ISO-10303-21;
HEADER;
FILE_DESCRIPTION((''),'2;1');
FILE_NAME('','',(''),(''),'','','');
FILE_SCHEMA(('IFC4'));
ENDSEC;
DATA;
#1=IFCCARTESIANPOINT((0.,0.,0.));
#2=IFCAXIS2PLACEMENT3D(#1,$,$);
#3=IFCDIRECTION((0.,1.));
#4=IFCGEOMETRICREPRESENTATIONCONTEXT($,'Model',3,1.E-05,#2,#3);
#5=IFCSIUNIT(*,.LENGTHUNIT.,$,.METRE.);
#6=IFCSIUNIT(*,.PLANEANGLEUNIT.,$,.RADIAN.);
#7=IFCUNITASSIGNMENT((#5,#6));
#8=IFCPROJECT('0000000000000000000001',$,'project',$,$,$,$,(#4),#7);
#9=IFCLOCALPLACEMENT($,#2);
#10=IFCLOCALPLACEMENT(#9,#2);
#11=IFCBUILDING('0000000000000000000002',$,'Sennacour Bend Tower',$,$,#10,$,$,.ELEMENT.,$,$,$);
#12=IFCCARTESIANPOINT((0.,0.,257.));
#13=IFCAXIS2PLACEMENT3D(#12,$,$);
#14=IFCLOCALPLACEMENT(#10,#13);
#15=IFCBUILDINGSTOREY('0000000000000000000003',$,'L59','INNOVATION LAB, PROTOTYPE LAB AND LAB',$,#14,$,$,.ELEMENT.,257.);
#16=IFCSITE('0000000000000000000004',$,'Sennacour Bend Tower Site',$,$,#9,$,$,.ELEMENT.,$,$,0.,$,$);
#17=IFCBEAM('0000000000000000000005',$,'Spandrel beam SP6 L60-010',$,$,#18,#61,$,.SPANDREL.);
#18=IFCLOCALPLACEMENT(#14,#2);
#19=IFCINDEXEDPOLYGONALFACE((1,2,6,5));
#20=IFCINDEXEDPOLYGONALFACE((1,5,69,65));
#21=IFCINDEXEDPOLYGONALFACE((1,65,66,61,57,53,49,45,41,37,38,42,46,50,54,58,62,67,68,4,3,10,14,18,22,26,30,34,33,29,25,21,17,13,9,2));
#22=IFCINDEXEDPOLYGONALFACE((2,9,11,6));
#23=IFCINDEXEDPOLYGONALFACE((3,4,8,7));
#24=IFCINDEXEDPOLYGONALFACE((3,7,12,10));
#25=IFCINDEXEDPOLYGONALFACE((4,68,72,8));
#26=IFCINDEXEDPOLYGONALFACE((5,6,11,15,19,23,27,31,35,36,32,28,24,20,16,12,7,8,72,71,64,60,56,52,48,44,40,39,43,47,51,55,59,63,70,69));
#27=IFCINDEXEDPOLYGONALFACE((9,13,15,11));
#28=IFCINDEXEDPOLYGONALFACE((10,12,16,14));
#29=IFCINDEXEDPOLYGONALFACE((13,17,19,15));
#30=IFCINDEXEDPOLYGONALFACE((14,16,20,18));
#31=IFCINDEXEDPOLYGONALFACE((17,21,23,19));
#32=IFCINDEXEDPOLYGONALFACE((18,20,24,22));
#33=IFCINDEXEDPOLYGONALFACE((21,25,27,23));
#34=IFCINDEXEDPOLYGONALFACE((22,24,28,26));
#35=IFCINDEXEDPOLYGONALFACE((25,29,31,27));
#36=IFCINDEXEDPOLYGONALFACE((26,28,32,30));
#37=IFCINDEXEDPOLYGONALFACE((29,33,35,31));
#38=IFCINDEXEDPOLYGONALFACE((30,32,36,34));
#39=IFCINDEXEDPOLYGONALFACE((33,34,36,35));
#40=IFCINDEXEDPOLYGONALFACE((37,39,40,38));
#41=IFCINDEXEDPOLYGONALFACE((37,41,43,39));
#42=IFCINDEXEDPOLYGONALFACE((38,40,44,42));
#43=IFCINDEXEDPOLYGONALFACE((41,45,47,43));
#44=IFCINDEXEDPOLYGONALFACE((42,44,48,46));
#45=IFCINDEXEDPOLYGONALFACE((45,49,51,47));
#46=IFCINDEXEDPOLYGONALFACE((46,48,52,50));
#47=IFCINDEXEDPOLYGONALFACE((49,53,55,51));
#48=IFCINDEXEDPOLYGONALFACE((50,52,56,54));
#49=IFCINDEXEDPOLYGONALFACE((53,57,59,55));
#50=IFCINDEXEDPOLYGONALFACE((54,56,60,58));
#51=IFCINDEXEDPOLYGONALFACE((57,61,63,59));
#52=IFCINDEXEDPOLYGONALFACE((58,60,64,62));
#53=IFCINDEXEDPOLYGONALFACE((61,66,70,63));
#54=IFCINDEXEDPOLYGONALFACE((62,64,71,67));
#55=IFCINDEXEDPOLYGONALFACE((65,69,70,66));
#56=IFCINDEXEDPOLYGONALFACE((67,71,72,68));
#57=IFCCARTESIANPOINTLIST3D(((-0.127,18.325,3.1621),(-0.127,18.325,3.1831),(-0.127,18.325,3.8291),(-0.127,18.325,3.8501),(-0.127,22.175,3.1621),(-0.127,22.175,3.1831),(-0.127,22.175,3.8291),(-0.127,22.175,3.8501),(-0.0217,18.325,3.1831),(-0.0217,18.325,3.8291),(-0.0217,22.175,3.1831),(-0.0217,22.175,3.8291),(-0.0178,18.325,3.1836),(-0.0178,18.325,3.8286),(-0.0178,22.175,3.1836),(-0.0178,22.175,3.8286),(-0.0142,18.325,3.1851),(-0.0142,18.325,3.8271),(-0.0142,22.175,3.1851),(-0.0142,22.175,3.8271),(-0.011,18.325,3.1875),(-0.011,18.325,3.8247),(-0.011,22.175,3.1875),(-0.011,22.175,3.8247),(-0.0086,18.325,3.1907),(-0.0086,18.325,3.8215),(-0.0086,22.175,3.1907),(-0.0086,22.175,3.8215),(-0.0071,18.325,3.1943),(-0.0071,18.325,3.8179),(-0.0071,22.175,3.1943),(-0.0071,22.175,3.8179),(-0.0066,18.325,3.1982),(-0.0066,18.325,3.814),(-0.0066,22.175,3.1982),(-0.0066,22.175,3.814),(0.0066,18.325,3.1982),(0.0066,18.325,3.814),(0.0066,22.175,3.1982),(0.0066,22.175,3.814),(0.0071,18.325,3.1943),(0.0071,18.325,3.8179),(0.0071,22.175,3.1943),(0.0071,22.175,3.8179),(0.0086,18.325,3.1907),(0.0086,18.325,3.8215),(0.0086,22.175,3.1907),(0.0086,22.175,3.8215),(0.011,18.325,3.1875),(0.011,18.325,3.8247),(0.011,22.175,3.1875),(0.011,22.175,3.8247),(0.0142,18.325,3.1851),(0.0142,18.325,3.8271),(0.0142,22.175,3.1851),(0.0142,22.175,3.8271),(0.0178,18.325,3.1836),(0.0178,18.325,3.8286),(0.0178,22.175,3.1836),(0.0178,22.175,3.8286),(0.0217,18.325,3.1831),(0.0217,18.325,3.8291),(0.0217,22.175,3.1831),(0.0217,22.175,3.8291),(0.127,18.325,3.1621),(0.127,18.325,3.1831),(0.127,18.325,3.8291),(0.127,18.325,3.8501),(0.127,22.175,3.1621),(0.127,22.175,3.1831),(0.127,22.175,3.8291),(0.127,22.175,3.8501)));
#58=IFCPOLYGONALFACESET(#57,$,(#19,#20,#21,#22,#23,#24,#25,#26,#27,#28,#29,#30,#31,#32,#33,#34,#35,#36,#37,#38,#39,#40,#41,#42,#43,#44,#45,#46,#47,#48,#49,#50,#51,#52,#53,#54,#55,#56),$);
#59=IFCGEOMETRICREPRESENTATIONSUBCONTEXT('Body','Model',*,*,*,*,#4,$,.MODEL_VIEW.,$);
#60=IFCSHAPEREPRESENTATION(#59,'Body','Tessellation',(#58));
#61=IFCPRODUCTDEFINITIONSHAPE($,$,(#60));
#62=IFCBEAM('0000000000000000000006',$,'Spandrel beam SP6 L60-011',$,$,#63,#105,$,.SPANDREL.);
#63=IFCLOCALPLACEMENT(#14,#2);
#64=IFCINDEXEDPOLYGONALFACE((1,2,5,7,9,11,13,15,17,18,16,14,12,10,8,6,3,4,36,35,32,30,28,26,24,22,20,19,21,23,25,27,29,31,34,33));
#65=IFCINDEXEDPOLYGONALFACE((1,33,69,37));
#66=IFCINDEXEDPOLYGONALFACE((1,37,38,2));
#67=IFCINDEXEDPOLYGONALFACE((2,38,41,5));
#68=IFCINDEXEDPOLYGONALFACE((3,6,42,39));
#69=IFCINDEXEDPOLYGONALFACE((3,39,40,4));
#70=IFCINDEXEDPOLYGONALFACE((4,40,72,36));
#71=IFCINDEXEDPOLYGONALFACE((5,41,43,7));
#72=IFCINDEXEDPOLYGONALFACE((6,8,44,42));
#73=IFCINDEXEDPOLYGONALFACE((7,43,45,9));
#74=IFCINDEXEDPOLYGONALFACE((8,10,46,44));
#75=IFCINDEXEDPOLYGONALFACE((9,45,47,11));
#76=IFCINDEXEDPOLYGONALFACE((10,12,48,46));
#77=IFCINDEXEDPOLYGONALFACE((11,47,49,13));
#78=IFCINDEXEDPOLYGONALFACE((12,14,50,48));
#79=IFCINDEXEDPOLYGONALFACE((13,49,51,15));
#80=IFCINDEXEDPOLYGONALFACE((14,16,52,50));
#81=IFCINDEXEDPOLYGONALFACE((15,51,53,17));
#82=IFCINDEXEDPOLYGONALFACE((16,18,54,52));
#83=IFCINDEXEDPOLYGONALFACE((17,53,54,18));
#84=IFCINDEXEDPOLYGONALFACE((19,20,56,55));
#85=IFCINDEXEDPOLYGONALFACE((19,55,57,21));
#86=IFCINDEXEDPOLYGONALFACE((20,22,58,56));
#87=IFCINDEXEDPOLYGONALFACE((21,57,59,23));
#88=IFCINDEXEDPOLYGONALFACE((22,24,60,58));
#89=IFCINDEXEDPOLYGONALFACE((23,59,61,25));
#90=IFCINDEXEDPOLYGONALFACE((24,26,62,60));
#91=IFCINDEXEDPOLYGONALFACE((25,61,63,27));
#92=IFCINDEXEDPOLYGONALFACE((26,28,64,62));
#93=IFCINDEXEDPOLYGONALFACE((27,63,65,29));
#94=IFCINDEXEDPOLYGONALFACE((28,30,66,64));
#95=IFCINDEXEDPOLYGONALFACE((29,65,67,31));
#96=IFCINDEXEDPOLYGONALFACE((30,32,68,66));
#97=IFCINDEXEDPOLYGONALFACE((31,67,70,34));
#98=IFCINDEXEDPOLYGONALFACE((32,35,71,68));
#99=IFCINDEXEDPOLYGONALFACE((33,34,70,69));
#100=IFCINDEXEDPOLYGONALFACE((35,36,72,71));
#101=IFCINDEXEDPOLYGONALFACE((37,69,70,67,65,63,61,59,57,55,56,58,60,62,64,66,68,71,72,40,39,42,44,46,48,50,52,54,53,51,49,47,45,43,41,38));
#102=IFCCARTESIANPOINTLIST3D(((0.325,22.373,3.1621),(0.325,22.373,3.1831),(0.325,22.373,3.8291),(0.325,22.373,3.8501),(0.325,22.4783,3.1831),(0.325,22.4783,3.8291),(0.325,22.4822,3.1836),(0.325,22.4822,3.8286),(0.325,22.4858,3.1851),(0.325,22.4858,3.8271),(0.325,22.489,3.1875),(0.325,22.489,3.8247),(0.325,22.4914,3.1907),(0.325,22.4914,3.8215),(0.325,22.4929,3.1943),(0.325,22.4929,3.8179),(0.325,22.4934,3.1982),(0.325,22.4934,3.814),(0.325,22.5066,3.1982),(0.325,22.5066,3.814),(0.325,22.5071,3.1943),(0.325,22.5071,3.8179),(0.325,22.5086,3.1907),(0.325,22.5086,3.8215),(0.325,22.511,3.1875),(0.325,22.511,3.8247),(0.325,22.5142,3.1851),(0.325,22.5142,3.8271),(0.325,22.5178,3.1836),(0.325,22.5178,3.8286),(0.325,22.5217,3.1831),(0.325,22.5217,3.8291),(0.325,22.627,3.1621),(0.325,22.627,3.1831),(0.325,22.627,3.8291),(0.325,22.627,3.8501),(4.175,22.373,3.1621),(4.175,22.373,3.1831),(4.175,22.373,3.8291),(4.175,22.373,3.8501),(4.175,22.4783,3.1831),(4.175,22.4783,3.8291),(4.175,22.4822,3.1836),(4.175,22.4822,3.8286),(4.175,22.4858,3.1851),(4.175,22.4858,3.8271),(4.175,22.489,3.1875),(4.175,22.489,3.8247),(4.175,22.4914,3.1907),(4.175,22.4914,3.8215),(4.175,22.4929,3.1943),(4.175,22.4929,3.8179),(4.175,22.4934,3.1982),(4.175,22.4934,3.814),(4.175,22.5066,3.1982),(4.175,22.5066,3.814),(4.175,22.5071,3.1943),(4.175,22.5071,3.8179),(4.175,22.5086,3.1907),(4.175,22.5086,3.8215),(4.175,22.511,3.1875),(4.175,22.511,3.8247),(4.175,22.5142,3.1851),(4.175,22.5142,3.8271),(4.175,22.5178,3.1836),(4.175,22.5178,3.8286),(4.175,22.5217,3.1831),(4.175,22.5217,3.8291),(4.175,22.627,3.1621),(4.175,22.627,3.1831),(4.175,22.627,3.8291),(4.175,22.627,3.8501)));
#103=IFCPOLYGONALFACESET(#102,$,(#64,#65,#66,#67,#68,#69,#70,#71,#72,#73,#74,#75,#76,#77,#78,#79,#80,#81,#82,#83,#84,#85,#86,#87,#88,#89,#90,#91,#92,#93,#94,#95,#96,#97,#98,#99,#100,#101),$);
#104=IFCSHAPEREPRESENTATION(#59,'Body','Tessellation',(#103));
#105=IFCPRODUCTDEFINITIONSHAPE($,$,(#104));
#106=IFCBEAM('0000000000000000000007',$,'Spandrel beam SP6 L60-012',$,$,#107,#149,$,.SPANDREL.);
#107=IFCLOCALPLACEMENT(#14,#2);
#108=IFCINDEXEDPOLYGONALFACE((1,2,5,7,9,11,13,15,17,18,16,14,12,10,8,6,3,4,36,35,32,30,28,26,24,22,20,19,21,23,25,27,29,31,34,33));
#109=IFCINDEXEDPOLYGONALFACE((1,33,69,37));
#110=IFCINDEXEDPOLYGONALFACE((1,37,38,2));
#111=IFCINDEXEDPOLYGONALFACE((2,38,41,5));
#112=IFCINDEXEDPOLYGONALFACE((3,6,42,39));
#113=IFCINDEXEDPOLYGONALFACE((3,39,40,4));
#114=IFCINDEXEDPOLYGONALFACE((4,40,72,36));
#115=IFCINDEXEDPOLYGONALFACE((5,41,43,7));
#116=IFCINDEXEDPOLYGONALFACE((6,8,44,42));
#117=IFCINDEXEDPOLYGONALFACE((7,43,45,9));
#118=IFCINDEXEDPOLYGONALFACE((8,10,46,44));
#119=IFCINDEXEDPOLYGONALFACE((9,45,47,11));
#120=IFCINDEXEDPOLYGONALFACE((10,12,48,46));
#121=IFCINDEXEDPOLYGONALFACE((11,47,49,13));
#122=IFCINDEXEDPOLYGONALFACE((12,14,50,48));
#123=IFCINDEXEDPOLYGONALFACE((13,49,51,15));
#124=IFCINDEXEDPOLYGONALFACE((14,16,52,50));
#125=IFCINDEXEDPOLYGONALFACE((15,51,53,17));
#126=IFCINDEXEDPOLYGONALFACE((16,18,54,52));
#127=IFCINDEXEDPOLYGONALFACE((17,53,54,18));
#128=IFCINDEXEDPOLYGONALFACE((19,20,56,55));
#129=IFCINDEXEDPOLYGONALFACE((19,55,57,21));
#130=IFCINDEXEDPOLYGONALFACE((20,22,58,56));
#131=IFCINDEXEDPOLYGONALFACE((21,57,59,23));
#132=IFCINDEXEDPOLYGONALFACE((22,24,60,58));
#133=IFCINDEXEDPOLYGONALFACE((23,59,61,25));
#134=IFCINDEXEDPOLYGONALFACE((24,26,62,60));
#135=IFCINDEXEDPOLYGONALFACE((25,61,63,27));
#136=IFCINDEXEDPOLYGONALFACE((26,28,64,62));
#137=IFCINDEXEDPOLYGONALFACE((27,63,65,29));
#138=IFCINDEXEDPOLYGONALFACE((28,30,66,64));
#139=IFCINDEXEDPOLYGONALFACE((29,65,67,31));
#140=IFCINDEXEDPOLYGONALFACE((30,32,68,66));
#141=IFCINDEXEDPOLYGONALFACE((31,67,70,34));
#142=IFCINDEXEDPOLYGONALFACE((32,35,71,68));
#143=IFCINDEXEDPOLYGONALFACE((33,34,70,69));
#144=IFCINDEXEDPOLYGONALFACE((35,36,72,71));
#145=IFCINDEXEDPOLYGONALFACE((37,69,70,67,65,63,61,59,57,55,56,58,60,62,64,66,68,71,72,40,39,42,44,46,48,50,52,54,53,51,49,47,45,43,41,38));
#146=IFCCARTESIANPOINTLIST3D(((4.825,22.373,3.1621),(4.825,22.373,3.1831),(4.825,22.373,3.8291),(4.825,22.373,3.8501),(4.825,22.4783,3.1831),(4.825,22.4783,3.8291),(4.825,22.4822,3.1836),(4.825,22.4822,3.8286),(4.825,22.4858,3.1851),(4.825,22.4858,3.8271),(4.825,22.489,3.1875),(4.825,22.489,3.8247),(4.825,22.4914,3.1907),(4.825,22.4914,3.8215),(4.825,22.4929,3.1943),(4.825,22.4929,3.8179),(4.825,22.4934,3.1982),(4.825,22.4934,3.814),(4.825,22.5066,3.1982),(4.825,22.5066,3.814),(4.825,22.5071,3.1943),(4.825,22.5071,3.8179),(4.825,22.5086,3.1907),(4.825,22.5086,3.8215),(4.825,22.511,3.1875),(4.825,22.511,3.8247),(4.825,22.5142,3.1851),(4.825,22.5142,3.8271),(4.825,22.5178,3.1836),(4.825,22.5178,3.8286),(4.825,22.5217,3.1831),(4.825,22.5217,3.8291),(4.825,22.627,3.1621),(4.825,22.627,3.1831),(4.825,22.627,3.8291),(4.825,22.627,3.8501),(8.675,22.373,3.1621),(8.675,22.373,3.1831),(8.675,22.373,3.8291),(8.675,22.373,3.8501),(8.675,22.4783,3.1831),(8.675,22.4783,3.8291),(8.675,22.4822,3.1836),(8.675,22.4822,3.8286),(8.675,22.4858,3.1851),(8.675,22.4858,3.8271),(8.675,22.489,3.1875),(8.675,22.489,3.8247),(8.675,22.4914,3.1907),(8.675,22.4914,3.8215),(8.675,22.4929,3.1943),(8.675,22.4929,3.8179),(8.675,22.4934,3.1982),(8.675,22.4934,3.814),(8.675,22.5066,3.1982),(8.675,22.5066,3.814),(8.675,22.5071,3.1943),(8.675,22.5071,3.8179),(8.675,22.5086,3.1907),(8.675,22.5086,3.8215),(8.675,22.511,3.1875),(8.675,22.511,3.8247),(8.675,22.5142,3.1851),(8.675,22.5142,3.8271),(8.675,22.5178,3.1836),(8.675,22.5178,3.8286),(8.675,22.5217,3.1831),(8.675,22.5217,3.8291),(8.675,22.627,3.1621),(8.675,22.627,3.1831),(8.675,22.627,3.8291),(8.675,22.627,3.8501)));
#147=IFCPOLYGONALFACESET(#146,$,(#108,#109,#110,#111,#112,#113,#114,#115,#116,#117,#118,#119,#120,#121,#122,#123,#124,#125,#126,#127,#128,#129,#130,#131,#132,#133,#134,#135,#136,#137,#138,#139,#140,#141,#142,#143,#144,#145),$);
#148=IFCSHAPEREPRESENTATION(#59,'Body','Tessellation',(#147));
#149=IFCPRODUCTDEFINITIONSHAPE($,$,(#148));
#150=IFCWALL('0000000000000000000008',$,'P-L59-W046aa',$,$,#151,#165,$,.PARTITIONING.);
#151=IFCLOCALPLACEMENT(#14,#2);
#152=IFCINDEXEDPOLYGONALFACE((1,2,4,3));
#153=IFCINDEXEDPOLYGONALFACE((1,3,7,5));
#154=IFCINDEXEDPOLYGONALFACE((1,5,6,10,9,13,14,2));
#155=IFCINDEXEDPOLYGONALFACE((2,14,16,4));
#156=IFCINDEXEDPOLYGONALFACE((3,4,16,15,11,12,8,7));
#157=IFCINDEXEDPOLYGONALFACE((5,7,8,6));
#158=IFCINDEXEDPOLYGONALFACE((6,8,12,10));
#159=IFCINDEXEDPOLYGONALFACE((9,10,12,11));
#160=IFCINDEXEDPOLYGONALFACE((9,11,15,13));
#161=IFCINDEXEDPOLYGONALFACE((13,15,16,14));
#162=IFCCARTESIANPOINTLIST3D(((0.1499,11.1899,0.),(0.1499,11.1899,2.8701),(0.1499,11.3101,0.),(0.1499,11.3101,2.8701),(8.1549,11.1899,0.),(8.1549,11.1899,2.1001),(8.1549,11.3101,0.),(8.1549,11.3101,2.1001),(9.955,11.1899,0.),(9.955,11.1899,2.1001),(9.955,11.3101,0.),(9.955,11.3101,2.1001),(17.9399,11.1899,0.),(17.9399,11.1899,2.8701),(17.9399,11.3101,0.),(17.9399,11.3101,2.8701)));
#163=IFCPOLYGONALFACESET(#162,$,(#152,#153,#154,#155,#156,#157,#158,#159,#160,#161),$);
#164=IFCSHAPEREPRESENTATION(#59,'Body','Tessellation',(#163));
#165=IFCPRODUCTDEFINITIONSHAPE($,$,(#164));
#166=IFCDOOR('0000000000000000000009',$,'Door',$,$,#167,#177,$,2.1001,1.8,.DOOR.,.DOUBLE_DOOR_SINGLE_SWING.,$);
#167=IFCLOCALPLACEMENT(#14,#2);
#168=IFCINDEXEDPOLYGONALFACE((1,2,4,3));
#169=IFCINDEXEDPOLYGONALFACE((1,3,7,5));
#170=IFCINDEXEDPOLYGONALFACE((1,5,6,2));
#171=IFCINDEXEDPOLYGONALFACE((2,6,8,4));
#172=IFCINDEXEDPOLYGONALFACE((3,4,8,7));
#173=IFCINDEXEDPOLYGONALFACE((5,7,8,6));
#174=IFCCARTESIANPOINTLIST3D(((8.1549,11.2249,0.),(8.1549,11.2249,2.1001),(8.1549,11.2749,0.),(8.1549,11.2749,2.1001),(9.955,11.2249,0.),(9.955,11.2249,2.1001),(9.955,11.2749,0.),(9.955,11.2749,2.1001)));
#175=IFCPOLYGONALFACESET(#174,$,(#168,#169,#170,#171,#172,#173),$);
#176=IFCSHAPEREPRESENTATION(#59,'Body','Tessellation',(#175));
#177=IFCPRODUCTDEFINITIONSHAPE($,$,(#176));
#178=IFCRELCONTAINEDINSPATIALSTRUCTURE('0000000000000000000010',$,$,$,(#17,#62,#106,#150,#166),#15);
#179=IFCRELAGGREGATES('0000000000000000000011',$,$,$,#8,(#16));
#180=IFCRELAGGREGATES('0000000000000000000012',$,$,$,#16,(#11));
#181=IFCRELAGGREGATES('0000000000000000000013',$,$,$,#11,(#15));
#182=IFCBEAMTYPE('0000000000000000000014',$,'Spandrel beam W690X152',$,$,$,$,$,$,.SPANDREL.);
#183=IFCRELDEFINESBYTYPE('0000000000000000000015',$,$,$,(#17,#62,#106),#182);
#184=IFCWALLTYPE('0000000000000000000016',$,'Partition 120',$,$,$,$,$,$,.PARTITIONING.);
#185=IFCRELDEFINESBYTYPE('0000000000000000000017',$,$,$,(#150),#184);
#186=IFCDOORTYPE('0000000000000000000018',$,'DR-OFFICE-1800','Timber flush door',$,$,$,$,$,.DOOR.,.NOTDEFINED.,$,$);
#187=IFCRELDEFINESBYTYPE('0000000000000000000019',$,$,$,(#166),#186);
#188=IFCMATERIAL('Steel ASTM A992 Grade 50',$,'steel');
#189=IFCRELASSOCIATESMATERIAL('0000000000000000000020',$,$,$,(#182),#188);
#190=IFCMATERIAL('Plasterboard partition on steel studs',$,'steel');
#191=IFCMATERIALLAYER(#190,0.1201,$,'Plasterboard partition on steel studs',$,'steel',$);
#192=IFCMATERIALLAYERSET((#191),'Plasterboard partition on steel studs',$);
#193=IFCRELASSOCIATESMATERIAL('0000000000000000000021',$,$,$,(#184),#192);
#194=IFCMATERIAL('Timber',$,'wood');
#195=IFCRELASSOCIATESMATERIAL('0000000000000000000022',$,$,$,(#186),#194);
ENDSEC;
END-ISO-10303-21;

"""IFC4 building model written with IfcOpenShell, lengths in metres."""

from ifc_helpers import new_model, si_unit, direction, frame, frame_2d, origin, origin_2d, place, context, subcontext, project, spatial, rectangle, i_section, extrude, material, layer, layer_set, material_profile, profile_set, type_object, element, fill, save


model = new_model("IFC4")

# Units and contexts
model_context = context("Model", 3, precision=1e-05, world=origin(), true_north=direction((0.0, 1.0)))
body_context = subcontext(model_context, "Body", "Model", "MODEL_VIEW")
ifc_project = project(units=[si_unit("LENGTHUNIT", "METRE"), si_unit("PLANEANGLEUNIT", "RADIAN")], contexts=[model_context])

# Site, building, storey
site_placement = place(None, origin())
site = spatial("IfcSite", under=ifc_project, at=site_placement, Name="Sennacour Bend Tower Site", CompositionType="ELEMENT", RefElevation=0.0)
building_placement = place(site_placement, origin())
building = spatial("IfcBuilding", under=site, at=building_placement, Name="Sennacour Bend Tower", CompositionType="ELEMENT")
storey_placement = place(building_placement, frame((0.0, 0.0, 257.0)))
storey = spatial("IfcBuildingStorey", under=building, at=storey_placement, Name="L59", Description="INNOVATION LAB, PROTOTYPE LAB AND LAB", CompositionType="ELEMENT", Elevation=257.0)

# Beams
ifc_material_1 = material(Name="Steel ASTM A992 Grade 50", Category="steel")
ifc_material_profile_1 = material_profile(ifc_material_1, i_section(OverallWidth=0.2539, OverallDepth=0.688, WebThickness=0.0132, FlangeThickness=0.021, FilletRadius=0.0151, at=origin_2d()), Name="Steel ASTM A992 Grade 50", Category="steel")
ifc_profile_set_1 = profile_set([ifc_material_profile_1], Name="Steel ASTM A992 Grade 50")
beam_type = type_object("IfcBeamType", Name="Spandrel beam W690X152", PredefinedType="SPANDREL", material=ifc_profile_set_1)
for number, where, z_axis, x_axis, name in (
    (1, (0.0, 18.325, 3.5061), (0.0, 1.0, 0.0), (-1.0, 0.0, 0.0), "Spandrel beam SP6 L60-010"),
    (2, (0.325, 22.5, 3.5061), (1.0, 0.0, 0.0), (0.0, 1.0, 0.0), "Spandrel beam SP6 L60-011"),
    (3, (4.825, 22.5, 3.5061), (1.0, 0.0, 0.0), (0.0, 1.0, 0.0), "Spandrel beam SP6 L60-012"),
):
    element("IfcBeam", number, at=place(storey_placement, frame(where, z_axis=z_axis, x_axis=x_axis)), inside=storey, type_object=beam_type, Name=name, PredefinedType="SPANDREL", context=body_context, shape_type="SweptSolid", body=[
        extrude(i_section(OverallWidth=0.2539, OverallDepth=0.688, WebThickness=0.0132, FlangeThickness=0.021, FilletRadius=0.0151, at=origin_2d()), origin(), (0.0, 0.0, 1.0), 3.8501),
    ])

# Wall, opening, door
ifc_material_2 = material(Name="Plasterboard partition on steel studs", Category="steel")
ifc_layer_1 = layer(ifc_material_2, 0.1201, Name="Plasterboard partition on steel studs", Category="steel")
ifc_layer_set_1 = layer_set([ifc_layer_1], Name="Plasterboard partition on steel studs")
wall_type_1 = type_object("IfcWallType", Name="Partition 120", PredefinedType="PARTITIONING", material=ifc_layer_set_1)
wall_1_placement = place(storey_placement, frame((0.1499, 11.25, 0.0), z_axis=(0.0, 0.0, 1.0), x_axis=(1.0, 0.0, 0.0)))
wall_1 = element("IfcWall", 4, at=wall_1_placement, inside=storey, type_object=wall_type_1, Name="P-L59-W046aa", PredefinedType="PARTITIONING", context=body_context, shape_type="SweptSolid", body=[
    extrude(rectangle(XDim=17.79, YDim=0.1201, at=frame_2d((8.895, 0.0))), origin(), (0.0, 0.0, 1.0), 2.8701),
])
opening_1_placement = place(wall_1_placement, frame((8.0051, 0.0, 0.0)))
opening_1 = element("IfcOpeningElement", 5, at=opening_1_placement, cuts=wall_1, PredefinedType="OPENING", context=body_context, shape_type="SweptSolid", body=[
    extrude(rectangle(XDim=1.8, YDim=2.1001, at=frame_2d((0.8999, 1.05))), frame((0.0, 0.0701, 0.0), z_axis=(0.0, -1.0, 0.0), x_axis=(1.0, 0.0, 0.0)), (0.0, 0.0, 1.0), 0.1401),
])
ifc_material_3 = material(Name="Timber", Category="wood")
door_type = type_object("IfcDoorType", Name="DR-OFFICE-1800", Description="Timber flush door", OperationType="NOTDEFINED", PredefinedType="DOOR", material=ifc_material_3)
door_placement = place(opening_1_placement, origin())
door = element("IfcDoor", 6, at=door_placement, inside=storey, type_object=door_type, Name="Door", OperationType="DOUBLE_DOOR_SINGLE_SWING", OverallHeight=2.1001, OverallWidth=1.8, PredefinedType="DOOR", context=body_context, shape_type="SweptSolid", body=[
    extrude(rectangle(XDim=1.8, YDim=2.1001, at=frame_2d((0.8999, 1.05))), frame((0.0, 0.0249, 0.0), z_axis=(0.0, -1.0, 0.0), x_axis=(1.0, 0.0, 0.0)), (0.0, 0.0, 1.0), 0.05),
])
fill(opening_1, door)

save(model, "model.ifc")
